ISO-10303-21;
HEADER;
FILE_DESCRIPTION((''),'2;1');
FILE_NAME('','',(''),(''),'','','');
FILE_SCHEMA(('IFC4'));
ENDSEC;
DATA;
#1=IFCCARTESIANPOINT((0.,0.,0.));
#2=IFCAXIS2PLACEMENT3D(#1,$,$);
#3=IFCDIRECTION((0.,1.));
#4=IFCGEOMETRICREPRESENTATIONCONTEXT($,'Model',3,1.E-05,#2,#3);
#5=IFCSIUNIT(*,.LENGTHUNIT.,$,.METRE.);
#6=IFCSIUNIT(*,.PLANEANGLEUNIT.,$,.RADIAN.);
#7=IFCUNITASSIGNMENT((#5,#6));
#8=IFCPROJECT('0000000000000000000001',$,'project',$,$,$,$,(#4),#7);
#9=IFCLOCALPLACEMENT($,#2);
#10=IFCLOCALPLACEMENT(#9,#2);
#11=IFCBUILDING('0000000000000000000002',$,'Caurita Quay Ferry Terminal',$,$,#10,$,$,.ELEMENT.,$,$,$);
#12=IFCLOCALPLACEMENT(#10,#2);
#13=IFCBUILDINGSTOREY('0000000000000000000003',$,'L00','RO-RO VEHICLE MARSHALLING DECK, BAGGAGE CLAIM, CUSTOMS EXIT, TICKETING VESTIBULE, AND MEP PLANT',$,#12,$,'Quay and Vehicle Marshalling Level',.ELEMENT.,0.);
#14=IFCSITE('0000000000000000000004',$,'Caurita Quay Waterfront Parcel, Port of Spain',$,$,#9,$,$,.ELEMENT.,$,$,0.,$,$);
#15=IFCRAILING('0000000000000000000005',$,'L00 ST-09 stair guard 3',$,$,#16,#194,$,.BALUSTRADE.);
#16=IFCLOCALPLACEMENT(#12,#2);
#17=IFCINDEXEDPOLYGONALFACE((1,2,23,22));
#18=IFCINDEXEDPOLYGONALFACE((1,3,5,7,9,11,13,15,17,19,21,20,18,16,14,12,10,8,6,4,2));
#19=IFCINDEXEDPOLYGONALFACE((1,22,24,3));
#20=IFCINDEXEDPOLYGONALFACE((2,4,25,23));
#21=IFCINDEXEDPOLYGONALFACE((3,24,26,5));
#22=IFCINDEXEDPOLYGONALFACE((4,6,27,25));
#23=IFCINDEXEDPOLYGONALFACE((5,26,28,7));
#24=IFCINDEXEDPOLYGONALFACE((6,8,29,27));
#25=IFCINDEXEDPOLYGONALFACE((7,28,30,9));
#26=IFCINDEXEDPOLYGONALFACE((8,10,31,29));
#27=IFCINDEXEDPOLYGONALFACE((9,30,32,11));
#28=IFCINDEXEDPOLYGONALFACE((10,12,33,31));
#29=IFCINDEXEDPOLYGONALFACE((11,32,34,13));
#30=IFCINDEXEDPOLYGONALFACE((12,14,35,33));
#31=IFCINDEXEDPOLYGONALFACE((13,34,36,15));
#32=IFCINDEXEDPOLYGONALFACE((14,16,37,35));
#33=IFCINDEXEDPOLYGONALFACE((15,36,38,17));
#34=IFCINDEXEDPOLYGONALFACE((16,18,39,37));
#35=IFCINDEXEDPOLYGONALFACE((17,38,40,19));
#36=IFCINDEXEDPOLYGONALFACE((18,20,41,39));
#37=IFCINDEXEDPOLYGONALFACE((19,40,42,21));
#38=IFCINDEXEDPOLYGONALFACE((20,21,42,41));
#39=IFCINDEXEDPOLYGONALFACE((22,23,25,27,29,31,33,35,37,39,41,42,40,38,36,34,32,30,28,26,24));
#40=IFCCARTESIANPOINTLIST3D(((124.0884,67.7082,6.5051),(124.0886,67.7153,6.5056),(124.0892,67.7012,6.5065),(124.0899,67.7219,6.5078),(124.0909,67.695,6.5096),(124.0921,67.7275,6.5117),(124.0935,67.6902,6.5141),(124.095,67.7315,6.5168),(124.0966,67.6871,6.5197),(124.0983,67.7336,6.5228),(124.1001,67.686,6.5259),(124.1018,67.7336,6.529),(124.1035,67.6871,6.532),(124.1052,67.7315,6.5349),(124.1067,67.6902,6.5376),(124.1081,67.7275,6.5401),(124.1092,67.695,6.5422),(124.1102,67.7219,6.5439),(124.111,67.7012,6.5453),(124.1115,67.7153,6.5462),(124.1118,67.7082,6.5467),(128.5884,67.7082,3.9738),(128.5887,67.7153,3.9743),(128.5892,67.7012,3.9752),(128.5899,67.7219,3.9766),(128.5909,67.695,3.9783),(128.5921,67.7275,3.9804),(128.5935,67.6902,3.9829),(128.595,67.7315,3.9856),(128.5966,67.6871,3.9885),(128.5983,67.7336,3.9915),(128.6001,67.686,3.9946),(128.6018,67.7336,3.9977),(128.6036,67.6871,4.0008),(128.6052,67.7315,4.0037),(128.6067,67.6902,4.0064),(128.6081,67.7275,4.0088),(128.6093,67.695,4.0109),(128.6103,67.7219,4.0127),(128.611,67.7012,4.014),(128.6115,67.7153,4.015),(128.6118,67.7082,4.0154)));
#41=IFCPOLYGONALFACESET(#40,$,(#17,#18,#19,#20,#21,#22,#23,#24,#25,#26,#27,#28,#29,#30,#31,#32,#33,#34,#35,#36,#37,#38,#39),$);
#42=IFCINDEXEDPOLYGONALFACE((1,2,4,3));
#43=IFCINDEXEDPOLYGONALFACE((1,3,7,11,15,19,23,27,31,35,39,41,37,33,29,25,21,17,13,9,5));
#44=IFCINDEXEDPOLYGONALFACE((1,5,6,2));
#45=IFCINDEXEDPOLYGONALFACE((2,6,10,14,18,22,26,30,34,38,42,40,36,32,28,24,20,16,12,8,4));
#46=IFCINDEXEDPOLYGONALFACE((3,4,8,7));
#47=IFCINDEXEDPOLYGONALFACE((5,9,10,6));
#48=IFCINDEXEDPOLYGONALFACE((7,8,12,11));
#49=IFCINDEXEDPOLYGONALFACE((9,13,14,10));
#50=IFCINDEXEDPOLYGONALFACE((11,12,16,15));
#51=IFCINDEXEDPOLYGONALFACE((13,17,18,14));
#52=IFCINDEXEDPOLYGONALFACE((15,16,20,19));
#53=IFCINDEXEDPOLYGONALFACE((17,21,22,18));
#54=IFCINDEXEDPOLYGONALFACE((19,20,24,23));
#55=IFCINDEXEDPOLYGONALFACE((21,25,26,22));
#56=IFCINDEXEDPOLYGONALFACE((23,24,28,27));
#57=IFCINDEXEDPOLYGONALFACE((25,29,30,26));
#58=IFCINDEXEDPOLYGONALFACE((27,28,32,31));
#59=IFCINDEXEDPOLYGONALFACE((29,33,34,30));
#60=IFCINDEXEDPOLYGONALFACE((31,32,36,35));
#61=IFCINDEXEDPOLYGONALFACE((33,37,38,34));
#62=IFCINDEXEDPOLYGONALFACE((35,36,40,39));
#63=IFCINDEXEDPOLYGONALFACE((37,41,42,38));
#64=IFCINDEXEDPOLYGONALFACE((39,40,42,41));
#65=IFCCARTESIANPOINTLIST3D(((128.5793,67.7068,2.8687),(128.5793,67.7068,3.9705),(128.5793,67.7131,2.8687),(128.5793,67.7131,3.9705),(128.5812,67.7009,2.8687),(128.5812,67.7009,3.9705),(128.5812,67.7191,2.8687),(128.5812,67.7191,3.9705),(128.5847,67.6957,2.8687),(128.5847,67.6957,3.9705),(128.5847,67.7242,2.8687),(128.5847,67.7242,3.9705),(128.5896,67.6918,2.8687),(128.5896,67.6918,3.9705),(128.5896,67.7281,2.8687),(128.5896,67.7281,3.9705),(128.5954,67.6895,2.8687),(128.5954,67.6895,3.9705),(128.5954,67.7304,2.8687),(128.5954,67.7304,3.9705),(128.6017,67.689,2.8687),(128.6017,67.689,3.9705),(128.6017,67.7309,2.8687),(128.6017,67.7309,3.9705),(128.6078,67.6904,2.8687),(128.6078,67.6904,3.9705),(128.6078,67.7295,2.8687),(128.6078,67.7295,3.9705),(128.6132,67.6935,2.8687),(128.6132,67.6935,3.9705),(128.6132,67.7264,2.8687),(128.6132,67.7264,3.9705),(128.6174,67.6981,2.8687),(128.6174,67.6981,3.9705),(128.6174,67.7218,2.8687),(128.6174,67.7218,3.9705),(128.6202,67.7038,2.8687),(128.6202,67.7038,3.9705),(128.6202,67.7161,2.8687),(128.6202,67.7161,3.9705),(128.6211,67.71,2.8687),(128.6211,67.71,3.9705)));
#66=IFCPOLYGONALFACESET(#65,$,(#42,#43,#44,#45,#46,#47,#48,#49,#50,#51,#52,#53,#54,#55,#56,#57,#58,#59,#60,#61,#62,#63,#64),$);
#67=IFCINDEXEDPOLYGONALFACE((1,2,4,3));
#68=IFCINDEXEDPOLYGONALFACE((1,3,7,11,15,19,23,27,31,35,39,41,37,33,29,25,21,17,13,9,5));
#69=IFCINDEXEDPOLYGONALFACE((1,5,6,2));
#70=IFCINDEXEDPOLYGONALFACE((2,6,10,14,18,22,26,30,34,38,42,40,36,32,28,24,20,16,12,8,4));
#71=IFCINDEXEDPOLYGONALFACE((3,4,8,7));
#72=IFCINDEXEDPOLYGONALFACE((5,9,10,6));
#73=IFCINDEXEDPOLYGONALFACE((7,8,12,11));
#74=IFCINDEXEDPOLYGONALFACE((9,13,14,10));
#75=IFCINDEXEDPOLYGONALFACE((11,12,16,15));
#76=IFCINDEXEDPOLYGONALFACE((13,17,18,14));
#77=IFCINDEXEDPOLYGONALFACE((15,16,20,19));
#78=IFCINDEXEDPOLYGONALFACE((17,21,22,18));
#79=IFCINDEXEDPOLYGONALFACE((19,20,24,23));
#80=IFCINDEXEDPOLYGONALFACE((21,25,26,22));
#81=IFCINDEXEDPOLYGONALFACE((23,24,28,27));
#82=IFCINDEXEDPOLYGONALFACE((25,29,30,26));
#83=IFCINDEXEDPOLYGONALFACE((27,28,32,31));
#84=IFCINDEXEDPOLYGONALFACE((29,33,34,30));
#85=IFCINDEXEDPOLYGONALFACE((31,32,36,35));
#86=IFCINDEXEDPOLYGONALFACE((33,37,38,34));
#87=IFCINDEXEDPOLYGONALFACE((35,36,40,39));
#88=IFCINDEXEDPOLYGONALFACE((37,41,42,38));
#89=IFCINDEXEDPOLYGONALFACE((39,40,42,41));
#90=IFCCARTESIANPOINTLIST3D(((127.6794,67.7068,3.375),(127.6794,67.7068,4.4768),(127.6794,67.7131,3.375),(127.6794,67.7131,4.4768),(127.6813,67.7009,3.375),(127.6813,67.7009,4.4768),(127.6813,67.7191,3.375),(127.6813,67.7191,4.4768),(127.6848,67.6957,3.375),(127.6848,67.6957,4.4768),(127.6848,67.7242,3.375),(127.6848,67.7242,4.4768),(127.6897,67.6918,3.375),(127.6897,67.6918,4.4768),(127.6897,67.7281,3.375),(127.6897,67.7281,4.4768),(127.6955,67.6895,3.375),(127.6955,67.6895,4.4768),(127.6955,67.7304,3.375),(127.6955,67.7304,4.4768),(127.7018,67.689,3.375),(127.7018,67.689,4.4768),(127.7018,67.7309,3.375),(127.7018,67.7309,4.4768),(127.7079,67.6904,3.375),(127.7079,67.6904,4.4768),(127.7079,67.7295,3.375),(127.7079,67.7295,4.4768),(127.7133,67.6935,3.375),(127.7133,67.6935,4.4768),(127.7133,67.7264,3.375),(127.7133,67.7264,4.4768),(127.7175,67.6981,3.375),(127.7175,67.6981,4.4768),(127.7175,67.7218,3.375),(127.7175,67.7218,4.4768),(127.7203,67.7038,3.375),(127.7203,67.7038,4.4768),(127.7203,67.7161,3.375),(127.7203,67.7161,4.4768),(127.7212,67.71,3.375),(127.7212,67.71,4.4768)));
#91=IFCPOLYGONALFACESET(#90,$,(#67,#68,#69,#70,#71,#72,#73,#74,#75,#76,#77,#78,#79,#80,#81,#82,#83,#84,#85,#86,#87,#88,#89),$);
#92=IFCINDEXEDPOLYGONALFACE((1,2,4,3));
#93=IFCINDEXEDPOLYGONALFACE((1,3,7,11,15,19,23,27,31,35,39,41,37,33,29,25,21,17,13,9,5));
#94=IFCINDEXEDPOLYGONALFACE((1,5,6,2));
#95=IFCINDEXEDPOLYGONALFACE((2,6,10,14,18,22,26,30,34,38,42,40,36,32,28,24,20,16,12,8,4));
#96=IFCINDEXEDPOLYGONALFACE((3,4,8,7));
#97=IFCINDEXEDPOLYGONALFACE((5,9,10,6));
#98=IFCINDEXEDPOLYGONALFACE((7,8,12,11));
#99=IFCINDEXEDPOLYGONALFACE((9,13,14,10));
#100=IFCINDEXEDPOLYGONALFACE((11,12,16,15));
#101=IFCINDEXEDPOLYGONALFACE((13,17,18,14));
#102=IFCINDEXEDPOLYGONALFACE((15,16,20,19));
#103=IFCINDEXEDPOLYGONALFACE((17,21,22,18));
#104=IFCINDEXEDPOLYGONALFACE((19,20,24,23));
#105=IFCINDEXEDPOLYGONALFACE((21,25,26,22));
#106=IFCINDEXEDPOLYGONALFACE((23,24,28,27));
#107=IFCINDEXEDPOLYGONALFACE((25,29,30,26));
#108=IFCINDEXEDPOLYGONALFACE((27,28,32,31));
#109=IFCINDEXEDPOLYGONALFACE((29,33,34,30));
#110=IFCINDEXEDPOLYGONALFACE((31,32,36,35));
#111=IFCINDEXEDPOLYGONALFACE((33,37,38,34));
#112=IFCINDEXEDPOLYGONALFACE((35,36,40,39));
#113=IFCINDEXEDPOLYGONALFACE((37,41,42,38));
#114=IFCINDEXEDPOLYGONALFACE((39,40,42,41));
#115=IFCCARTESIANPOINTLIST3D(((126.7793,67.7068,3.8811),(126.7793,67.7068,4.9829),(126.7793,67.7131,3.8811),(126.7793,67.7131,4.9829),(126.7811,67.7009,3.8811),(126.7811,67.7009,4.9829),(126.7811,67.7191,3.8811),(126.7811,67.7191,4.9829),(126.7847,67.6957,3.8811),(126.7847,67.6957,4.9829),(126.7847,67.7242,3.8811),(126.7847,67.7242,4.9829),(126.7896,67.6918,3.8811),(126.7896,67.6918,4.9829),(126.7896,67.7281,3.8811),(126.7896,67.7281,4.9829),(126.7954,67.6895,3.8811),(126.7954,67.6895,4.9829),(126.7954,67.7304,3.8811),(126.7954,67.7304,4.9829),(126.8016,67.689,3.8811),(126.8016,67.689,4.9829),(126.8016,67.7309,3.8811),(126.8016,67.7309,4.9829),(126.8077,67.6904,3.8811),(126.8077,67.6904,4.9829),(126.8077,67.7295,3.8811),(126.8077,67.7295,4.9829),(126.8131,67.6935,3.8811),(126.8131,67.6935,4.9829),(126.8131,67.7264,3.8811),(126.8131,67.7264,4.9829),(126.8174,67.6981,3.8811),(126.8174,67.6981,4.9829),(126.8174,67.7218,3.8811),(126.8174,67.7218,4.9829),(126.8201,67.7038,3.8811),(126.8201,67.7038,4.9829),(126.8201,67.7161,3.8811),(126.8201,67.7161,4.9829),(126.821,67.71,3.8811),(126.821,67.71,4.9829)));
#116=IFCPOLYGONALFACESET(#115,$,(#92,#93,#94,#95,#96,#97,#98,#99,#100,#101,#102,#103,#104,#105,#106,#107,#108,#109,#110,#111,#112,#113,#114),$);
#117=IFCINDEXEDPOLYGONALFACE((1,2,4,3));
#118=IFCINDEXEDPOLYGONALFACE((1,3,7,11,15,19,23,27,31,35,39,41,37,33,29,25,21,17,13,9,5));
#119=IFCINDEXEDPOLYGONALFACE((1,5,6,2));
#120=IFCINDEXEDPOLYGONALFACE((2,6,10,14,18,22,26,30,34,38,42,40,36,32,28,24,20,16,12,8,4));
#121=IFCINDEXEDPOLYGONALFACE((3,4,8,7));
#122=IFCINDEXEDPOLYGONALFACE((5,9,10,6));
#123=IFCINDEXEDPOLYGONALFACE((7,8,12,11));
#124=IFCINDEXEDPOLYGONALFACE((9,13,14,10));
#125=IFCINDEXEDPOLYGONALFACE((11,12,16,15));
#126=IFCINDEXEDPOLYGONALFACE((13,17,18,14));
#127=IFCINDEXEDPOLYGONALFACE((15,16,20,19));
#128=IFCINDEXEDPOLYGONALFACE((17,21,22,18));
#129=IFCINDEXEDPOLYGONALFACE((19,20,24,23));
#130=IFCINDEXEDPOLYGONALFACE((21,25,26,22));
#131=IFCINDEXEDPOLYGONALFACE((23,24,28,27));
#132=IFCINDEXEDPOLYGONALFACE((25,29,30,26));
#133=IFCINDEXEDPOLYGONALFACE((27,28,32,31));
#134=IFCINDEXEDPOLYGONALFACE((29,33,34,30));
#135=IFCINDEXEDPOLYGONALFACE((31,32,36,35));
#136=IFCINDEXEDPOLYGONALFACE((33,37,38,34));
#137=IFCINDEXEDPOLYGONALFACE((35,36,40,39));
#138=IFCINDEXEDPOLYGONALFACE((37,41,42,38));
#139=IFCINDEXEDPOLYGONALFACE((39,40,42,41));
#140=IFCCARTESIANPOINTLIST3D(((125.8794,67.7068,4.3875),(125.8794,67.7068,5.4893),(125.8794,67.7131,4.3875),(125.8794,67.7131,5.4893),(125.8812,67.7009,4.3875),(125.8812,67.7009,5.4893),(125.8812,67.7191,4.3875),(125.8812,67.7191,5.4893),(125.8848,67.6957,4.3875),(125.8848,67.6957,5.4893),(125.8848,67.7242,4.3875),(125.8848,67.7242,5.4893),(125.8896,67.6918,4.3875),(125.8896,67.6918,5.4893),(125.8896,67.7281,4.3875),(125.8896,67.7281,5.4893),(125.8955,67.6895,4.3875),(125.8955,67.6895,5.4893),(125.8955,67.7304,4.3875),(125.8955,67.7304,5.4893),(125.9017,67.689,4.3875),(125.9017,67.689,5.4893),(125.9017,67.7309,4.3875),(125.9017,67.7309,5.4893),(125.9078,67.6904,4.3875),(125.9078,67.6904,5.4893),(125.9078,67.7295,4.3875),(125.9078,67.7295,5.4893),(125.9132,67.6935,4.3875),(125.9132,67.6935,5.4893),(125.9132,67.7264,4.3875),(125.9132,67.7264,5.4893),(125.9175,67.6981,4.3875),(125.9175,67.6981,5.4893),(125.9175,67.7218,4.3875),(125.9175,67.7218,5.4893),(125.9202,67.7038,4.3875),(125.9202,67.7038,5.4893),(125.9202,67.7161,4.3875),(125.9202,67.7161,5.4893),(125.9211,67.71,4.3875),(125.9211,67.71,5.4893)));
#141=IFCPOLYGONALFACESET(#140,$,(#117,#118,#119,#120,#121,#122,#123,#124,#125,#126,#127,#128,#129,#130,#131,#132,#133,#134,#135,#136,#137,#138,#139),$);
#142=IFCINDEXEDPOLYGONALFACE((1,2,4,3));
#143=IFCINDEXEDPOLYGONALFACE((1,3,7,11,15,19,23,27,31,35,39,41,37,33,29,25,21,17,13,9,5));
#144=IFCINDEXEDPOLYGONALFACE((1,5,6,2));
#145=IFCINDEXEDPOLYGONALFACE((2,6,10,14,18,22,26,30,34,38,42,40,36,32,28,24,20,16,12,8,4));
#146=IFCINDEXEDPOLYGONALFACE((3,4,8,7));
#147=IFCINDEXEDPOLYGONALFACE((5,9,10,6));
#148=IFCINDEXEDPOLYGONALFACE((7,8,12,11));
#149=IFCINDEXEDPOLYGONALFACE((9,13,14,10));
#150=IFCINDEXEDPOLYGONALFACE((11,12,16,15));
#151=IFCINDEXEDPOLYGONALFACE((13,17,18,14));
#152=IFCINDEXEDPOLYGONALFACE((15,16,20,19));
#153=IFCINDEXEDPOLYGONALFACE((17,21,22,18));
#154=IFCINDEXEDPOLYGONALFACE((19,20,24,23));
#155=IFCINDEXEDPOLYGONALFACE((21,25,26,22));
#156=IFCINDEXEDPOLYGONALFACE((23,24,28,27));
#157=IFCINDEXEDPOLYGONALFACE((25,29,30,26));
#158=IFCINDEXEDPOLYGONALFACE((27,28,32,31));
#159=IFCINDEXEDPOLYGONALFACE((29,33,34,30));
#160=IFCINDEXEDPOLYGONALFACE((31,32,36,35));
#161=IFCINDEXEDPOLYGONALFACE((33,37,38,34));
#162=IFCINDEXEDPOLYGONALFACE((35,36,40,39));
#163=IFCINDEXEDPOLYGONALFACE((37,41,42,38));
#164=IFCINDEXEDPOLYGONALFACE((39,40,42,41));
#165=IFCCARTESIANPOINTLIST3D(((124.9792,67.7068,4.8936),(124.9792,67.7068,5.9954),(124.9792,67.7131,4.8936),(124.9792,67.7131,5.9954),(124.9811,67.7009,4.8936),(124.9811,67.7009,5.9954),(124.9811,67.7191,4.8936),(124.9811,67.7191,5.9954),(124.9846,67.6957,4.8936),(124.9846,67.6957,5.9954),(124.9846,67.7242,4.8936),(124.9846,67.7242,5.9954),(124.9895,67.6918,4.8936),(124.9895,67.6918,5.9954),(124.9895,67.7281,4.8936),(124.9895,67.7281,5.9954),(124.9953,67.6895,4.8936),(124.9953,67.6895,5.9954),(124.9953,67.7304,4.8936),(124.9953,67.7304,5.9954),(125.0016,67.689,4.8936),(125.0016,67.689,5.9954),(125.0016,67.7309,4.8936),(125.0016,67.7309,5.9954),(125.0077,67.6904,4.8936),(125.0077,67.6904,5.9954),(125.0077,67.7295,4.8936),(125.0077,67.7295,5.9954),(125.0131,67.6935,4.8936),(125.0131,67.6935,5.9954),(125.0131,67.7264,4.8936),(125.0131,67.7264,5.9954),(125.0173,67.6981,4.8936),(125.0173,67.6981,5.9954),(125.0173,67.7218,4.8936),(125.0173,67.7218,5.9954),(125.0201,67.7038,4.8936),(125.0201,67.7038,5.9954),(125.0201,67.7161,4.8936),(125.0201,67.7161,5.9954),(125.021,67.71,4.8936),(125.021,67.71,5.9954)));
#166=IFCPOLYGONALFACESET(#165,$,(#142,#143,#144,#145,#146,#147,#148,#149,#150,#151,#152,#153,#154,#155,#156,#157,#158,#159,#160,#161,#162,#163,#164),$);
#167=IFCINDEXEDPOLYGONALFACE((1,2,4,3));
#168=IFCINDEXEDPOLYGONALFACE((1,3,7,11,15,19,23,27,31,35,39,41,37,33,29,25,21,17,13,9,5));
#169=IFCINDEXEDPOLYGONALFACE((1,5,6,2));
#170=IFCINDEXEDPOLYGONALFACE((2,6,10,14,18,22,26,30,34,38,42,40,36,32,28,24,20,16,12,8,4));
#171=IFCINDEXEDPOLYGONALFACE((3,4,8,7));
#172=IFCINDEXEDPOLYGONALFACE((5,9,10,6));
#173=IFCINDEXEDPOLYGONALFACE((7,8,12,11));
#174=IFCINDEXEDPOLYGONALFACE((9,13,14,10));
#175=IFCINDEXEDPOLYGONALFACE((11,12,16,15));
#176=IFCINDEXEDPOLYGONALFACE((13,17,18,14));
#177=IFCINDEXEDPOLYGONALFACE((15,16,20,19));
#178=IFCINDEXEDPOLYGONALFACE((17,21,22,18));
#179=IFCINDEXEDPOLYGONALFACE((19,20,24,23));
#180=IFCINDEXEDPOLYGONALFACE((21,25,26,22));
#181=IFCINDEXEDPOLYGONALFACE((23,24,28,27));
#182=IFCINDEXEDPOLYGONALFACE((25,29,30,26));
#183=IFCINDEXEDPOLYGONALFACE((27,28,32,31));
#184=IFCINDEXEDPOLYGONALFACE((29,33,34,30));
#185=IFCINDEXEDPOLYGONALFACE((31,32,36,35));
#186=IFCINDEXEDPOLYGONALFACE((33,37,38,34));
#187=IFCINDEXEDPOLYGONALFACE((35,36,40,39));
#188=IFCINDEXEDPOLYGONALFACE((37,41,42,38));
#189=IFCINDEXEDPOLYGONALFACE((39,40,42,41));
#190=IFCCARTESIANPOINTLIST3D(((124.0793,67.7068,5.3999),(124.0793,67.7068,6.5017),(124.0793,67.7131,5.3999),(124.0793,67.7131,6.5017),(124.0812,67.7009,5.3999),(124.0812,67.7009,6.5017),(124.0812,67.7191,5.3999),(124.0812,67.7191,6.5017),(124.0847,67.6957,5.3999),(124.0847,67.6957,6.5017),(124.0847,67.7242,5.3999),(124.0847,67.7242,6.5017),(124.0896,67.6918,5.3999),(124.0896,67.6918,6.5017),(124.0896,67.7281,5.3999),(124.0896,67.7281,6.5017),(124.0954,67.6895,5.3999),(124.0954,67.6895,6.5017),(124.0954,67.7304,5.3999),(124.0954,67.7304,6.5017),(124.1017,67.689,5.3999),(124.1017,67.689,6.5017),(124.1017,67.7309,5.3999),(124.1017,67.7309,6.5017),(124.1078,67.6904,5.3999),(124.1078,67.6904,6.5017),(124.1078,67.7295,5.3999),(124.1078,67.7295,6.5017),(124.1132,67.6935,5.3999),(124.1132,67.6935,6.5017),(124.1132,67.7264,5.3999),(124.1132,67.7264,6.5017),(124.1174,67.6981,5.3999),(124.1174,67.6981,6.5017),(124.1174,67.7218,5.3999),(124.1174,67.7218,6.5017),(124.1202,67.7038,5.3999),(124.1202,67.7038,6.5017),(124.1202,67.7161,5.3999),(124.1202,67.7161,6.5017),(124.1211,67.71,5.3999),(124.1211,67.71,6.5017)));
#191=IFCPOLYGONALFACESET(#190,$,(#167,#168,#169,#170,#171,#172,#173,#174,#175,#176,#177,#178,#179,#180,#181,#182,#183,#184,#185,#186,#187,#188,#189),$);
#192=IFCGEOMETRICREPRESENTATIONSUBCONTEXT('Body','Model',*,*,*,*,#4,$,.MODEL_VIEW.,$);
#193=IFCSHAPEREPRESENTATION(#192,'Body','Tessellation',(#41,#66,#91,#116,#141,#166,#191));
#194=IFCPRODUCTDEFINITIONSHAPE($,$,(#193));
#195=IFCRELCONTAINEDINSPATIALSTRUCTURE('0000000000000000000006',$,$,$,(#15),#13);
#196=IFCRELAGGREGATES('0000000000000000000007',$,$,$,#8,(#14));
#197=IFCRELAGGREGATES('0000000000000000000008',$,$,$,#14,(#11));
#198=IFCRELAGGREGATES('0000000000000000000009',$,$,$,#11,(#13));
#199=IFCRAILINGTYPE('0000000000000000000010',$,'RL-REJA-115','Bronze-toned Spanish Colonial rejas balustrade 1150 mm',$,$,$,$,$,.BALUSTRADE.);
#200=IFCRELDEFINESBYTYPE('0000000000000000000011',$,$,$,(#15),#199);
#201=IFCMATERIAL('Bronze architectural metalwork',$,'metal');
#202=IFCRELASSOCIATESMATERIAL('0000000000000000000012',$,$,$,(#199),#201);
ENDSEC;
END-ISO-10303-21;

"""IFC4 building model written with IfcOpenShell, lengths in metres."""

from ifc_helpers import new_model, si_unit, direction, frame, origin, origin_2d, place, context, subcontext, project, spatial, circle, extrude, material, type_object, element, save


model = new_model("IFC4")

# Units and contexts
model_context = context("Model", 3, precision=1e-05, world=origin(), true_north=direction((0.0, 1.0)))
body_context = subcontext(model_context, "Body", "Model", "MODEL_VIEW")
ifc_project = project(units=[si_unit("LENGTHUNIT", "METRE"), si_unit("PLANEANGLEUNIT", "RADIAN")], contexts=[model_context])

# Site, building, storey
site_placement = place(None, origin())
site = spatial("IfcSite", under=ifc_project, at=site_placement, Name="Caurita Quay Waterfront Parcel, Port of Spain", CompositionType="ELEMENT", RefElevation=0.0)
building_placement = place(site_placement, origin())
building = spatial("IfcBuilding", under=site, at=building_placement, Name="Caurita Quay Ferry Terminal", CompositionType="ELEMENT")
storey_placement = place(building_placement, origin())
storey = spatial("IfcBuildingStorey", under=building, at=storey_placement, Name="L00", Description="RO-RO VEHICLE MARSHALLING DECK, BAGGAGE CLAIM, CUSTOMS EXIT, TICKETING VESTIBULE, AND MEP PLANT", LongName="Quay and Vehicle Marshalling Level", CompositionType="ELEMENT", Elevation=0.0)

# Railing
ifc_material_1 = material(Name="Bronze architectural metalwork", Category="metal")
railing_type_1 = type_object("IfcRailingType", Name="RL-REJA-115", Description="Bronze-toned Spanish Colonial rejas balustrade 1150 mm", PredefinedType="BALUSTRADE", material=ifc_material_1)
railing_1_placement = place(storey_placement, frame((128.6001, 67.71, 2.8687)))
element("IfcRailing", 1, at=railing_1_placement, inside=storey, type_object=railing_type_1, Name="L00 ST-09 stair guard 3", PredefinedType="BALUSTRADE", context=body_context, shape_type="SweptSolid", body=[
    extrude(circle(Radius=0.0239, at=origin_2d()), frame((0.0, 0.0, 1.126), z_axis=(-0.871576, 0.0, 0.490261), x_axis=(0.0, -1.0, 0.0)), (0.0, 0.0, 1.0), 5.1631),
    extrude(circle(Radius=0.021, at=origin_2d()), origin(), (0.0, 0.0, 1.0), 1.1018),
    extrude(circle(Radius=0.021, at=origin_2d()), frame((-0.8999, 0.0, 0.5063)), (0.0, 0.0, 1.0), 1.1018),
    extrude(circle(Radius=0.021, at=origin_2d()), frame((-1.8, 0.0, 1.0125)), (0.0, 0.0, 1.0), 1.1018),
    extrude(circle(Radius=0.021, at=origin_2d()), frame((-2.7, 0.0, 1.5188)), (0.0, 0.0, 1.0), 1.1018),
    extrude(circle(Radius=0.021, at=origin_2d()), frame((-3.6001, 0.0, 2.0249)), (0.0, 0.0, 1.0), 1.1018),
    extrude(circle(Radius=0.021, at=origin_2d()), frame((-4.5, 0.0, 2.5312)), (0.0, 0.0, 1.0), 1.1018),
])

save(model, "model.ifc")
